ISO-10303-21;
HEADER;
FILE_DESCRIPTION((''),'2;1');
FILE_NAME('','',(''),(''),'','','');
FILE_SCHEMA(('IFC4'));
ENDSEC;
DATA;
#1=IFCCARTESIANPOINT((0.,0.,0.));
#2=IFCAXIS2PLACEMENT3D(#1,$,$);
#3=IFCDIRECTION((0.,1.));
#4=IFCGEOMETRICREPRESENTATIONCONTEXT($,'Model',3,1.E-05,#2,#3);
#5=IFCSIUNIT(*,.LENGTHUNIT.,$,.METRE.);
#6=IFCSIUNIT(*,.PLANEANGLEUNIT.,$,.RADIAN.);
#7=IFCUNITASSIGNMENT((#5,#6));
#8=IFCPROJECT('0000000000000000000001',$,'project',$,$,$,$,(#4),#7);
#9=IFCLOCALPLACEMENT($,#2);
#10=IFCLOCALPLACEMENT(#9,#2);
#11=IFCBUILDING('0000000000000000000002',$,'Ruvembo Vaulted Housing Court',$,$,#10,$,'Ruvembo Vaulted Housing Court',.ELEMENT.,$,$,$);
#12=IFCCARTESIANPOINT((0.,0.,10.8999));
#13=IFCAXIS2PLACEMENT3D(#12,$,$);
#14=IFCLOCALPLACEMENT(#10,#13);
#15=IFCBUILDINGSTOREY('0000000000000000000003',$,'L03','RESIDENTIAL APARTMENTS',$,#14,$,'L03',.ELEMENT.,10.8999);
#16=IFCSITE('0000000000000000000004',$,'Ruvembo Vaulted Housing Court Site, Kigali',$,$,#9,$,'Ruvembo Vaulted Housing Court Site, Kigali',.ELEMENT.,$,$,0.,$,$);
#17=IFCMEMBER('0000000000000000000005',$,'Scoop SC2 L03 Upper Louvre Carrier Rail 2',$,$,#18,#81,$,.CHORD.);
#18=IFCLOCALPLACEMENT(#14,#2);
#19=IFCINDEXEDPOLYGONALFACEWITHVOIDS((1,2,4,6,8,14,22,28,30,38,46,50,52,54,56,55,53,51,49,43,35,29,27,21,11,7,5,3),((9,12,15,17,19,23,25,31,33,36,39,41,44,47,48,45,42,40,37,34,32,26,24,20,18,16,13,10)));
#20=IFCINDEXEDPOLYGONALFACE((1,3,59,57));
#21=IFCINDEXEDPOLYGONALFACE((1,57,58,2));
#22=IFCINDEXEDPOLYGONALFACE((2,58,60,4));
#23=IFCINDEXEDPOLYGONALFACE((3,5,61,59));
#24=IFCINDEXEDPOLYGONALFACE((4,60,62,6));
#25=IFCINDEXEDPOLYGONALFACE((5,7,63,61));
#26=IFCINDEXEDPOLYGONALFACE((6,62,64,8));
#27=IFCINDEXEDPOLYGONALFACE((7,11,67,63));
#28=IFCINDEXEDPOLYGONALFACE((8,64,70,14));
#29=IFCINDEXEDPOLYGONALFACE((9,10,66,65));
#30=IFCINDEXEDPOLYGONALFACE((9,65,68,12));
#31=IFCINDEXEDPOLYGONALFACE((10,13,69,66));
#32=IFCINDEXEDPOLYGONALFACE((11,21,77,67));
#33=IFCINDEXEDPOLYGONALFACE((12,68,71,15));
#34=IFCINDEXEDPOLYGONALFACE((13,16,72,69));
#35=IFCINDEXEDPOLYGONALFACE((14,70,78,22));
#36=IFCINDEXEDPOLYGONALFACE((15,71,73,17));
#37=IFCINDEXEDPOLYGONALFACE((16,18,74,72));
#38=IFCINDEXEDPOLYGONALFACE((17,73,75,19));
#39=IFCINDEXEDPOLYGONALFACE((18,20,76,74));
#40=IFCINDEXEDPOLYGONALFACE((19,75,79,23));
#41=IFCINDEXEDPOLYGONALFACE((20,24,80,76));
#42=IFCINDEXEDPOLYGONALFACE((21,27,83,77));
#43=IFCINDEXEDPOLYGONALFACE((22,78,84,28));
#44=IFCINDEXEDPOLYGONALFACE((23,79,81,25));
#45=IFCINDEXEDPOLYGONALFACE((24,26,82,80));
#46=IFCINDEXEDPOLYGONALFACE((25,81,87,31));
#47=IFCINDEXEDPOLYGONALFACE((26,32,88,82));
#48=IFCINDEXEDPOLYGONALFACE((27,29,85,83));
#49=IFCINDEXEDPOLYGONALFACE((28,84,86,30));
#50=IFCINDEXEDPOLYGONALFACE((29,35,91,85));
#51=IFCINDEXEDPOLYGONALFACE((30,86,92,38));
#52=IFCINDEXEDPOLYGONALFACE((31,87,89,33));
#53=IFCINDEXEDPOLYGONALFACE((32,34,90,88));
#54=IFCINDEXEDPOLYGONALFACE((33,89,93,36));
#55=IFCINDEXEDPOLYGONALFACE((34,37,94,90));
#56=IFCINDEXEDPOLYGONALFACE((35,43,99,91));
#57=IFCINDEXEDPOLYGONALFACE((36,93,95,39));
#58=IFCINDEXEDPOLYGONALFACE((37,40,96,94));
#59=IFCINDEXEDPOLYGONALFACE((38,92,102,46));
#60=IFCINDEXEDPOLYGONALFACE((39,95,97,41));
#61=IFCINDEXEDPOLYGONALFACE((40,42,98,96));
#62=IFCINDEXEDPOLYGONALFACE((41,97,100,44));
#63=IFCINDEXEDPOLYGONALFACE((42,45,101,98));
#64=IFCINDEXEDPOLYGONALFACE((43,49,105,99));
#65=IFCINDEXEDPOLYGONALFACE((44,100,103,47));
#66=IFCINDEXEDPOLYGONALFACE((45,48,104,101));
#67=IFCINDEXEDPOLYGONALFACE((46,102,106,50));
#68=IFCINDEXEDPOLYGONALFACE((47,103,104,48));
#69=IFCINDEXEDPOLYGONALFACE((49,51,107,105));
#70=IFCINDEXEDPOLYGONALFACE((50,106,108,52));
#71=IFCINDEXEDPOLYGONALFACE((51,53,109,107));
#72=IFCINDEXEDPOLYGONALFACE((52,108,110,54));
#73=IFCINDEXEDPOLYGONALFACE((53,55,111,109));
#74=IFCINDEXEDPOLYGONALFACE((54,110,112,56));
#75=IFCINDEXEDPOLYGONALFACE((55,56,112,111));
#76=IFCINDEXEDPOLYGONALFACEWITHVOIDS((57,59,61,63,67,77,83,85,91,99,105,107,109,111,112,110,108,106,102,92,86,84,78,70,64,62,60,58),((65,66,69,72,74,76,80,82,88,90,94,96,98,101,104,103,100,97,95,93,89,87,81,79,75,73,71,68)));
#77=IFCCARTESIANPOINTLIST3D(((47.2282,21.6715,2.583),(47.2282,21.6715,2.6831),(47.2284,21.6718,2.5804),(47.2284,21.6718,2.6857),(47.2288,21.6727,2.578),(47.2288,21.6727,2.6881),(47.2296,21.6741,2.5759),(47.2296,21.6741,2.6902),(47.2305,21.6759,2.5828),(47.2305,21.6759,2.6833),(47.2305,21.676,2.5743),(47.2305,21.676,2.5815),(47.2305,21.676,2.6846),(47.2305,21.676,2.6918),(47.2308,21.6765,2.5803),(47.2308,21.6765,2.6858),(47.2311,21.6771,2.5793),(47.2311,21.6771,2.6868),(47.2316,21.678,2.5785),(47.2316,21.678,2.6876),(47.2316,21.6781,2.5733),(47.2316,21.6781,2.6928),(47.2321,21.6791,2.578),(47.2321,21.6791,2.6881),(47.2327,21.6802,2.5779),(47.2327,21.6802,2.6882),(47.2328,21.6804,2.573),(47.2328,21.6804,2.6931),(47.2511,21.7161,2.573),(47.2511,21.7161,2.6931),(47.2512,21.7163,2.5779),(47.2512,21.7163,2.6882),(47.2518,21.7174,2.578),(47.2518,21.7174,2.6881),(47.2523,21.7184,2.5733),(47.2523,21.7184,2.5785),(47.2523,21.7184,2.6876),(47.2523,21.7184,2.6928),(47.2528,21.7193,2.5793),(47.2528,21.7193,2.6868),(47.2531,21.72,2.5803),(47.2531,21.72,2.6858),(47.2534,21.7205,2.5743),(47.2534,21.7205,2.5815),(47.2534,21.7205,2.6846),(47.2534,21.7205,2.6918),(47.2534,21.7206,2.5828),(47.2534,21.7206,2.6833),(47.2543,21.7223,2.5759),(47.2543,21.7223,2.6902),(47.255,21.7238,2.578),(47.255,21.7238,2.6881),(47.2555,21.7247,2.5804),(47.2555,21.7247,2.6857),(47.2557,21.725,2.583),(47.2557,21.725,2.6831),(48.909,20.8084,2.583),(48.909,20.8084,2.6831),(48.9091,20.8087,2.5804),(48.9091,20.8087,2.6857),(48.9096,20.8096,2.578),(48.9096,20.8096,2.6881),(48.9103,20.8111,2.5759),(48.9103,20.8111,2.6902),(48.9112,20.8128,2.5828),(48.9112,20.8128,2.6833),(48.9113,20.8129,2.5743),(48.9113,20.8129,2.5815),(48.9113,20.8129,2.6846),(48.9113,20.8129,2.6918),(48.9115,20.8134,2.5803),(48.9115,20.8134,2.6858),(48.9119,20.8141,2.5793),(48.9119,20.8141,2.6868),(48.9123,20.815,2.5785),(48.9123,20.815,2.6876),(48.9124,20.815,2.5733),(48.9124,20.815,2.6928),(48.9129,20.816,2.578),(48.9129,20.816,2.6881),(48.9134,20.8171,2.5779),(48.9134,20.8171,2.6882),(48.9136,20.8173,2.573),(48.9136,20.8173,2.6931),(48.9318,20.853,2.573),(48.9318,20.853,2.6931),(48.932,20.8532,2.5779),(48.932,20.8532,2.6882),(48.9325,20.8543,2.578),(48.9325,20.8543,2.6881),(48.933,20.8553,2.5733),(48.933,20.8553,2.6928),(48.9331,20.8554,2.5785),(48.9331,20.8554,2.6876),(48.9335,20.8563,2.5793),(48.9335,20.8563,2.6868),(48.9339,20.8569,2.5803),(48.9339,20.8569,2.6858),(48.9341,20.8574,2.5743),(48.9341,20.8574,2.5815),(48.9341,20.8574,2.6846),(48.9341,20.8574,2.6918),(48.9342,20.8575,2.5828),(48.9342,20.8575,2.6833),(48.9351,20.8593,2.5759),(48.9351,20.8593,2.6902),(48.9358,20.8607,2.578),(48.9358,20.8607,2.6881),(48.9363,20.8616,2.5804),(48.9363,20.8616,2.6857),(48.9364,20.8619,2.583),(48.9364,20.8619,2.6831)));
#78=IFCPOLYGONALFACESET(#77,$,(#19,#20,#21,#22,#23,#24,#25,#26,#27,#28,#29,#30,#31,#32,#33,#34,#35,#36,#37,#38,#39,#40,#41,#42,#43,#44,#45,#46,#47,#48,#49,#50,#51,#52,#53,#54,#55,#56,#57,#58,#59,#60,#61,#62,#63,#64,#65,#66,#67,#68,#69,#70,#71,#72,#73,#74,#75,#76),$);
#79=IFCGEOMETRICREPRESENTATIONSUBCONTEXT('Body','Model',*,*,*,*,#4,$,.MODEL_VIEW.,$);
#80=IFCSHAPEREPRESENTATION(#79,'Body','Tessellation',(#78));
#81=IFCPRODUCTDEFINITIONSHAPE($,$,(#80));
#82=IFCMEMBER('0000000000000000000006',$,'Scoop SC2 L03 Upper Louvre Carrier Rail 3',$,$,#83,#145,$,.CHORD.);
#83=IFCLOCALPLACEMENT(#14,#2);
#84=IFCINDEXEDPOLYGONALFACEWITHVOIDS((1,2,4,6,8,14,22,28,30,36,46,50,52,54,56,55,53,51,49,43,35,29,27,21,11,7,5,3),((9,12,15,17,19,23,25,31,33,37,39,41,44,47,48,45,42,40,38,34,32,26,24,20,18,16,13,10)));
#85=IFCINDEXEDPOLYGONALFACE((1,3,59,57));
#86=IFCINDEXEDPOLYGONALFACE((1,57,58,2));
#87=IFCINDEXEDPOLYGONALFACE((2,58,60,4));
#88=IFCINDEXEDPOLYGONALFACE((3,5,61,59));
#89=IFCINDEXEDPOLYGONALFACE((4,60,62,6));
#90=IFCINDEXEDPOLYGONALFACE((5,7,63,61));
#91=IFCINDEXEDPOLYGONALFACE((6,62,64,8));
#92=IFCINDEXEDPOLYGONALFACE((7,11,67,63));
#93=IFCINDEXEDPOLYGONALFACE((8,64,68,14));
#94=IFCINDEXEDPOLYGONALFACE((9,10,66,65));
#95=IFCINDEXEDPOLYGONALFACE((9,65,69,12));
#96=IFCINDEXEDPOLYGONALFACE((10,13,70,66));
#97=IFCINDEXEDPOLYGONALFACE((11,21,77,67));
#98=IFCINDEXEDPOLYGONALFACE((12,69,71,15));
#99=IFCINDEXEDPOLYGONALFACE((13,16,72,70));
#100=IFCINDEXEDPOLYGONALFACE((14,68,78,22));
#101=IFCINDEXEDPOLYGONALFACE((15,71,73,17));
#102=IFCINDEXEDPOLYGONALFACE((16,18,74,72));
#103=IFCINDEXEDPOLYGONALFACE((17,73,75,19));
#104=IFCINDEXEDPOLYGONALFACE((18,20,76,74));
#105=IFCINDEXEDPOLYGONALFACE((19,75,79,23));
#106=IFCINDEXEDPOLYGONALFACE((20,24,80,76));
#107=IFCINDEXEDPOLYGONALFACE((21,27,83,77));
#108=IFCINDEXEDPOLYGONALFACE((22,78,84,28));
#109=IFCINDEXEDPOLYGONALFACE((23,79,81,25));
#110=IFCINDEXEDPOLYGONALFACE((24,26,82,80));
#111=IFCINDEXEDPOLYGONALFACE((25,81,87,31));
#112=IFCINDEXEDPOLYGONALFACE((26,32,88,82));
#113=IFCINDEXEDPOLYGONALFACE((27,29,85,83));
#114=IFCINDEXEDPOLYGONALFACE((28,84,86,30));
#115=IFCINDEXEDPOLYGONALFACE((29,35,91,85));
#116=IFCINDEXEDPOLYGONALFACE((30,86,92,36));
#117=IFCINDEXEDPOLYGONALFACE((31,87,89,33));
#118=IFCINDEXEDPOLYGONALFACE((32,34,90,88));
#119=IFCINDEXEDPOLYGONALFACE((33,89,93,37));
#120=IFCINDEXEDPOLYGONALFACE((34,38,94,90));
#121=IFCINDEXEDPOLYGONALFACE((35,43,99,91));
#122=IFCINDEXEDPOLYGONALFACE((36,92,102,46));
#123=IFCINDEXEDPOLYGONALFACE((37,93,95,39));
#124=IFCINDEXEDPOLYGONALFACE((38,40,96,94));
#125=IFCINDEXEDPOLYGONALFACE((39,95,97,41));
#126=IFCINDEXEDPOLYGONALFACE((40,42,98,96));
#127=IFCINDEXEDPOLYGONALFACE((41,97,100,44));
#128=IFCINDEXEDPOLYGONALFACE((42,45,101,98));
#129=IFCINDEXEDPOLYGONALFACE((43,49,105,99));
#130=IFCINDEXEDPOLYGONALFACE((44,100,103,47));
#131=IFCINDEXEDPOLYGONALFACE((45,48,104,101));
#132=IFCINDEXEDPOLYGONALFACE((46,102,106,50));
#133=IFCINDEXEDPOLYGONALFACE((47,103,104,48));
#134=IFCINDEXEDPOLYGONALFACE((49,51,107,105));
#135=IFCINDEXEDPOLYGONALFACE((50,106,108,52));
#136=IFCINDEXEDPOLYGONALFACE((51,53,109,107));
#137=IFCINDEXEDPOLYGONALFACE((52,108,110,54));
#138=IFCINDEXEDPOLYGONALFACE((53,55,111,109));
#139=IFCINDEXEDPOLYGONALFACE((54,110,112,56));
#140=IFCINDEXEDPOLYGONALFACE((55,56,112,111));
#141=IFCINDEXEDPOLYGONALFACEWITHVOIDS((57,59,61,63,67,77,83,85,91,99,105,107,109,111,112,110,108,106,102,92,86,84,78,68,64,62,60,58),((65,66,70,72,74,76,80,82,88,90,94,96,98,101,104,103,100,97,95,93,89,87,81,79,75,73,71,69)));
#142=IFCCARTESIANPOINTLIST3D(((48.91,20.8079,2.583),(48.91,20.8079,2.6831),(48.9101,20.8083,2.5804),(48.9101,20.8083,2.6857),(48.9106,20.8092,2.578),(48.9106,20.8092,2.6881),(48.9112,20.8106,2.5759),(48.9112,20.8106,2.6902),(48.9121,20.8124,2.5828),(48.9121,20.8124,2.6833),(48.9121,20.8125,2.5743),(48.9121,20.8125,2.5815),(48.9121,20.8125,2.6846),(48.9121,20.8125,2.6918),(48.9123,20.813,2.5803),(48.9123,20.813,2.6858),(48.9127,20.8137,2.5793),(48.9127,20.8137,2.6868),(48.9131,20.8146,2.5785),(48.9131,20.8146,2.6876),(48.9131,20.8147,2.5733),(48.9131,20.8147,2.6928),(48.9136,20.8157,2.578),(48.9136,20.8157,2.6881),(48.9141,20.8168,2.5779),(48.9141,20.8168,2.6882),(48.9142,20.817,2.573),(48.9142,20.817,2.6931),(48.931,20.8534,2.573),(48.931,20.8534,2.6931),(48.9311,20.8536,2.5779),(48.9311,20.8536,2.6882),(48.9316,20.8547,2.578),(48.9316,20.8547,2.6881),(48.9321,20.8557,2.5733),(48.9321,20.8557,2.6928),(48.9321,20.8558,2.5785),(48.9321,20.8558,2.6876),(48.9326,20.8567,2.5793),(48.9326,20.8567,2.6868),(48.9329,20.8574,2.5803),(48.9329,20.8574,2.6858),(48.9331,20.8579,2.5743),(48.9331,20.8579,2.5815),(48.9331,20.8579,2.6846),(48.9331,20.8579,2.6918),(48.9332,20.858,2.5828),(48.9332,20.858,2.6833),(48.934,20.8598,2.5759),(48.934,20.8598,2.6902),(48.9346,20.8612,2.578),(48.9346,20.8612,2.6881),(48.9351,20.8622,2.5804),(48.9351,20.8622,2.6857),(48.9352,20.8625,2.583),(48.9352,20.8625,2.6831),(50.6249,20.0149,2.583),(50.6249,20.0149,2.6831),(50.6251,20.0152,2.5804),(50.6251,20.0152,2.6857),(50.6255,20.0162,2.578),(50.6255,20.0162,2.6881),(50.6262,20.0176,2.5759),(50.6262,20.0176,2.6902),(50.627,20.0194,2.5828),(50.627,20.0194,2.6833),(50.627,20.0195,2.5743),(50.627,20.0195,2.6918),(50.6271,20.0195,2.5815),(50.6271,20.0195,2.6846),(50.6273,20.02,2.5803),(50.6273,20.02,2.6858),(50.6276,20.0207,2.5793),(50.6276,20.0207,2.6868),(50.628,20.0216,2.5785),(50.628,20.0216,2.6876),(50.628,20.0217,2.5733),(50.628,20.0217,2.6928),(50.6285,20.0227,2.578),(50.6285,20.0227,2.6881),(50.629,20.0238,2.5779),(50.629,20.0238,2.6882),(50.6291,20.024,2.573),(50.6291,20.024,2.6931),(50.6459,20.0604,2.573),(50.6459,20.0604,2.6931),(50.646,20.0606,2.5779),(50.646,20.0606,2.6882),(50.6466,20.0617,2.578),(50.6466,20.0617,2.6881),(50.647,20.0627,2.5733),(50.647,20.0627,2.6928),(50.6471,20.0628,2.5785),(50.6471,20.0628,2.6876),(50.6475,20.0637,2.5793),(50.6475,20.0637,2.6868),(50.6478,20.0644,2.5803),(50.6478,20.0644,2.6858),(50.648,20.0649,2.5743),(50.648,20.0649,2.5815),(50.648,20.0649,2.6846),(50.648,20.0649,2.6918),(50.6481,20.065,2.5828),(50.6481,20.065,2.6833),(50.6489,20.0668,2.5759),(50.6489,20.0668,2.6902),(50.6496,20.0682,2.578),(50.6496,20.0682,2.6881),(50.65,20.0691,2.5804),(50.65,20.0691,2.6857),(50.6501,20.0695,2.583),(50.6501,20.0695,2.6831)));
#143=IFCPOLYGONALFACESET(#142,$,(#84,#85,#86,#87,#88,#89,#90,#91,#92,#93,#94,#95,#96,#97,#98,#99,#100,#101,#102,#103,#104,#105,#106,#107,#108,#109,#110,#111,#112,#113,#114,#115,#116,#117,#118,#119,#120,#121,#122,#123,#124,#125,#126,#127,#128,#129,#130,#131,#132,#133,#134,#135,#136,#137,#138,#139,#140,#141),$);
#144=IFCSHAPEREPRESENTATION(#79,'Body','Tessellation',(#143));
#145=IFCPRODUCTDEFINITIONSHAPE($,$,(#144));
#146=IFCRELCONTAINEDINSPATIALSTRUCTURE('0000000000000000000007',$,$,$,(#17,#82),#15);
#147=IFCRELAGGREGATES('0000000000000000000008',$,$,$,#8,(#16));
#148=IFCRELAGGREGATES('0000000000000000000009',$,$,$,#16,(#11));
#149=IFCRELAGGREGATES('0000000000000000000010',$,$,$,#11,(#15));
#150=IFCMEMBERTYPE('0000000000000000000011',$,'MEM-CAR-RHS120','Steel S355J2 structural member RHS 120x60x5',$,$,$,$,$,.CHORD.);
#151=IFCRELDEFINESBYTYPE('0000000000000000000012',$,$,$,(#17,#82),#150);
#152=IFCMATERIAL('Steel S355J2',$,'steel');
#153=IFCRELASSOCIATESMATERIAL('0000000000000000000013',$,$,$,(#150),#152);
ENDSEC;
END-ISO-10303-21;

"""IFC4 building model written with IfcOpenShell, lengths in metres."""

from ifc_helpers import new_model, si_unit, direction, frame, origin, origin_2d, place, context, subcontext, project, spatial, hollow_rectangle, extrude, material, material_profile, profile_set, type_object, element, save


model = new_model("IFC4")

# Units and contexts
model_context = context("Model", 3, precision=1e-05, world=origin(), true_north=direction((0.0, 1.0)))
body_context = subcontext(model_context, "Body", "Model", "MODEL_VIEW")
ifc_project = project(units=[si_unit("LENGTHUNIT", "METRE"), si_unit("PLANEANGLEUNIT", "RADIAN")], contexts=[model_context])

# Site, building, storey
site_placement = place(None, origin())
site = spatial("IfcSite", under=ifc_project, at=site_placement, Name="Ruvembo Vaulted Housing Court Site, Kigali", LongName="Ruvembo Vaulted Housing Court Site, Kigali", CompositionType="ELEMENT", RefElevation=0.0)
building_placement = place(site_placement, origin())
building = spatial("IfcBuilding", under=site, at=building_placement, Name="Ruvembo Vaulted Housing Court", LongName="Ruvembo Vaulted Housing Court", CompositionType="ELEMENT")
storey_placement = place(building_placement, frame((0.0, 0.0, 10.8999)))
storey = spatial("IfcBuildingStorey", under=building, at=storey_placement, Name="L03", Description="RESIDENTIAL APARTMENTS", LongName="L03", CompositionType="ELEMENT", Elevation=10.8999)

# Shared definitions
ifc_material_1 = material(Name="Steel S355J2", Category="steel")

# Members
ifc_material_profile_1 = material_profile(ifc_material_1, hollow_rectangle(XDim=0.0601, YDim=0.1201, WallThickness=0.0049, InnerFilletRadius=0.0049, OuterFilletRadius=0.01, at=origin_2d()), Name="RHS 120x60x5")
ifc_profile_set_1 = profile_set([ifc_material_profile_1], Name="Steel S355J2")
member_type_1 = type_object("IfcMemberType", Name="MEM-CAR-RHS120", Description="Steel S355J2 structural member RHS 120x60x5", PredefinedType="CHORD", material=ifc_profile_set_1)
for number, where, z_axis, x_axis, name in (
    (1, (47.2419, 21.6982, 2.6331), (0.889568, -0.456802, 0.0), (0.456802, 0.889568, 0.0), "Scoop SC2 L03 Upper Louvre Carrier Rail 2"),
    (2, (48.9226, 20.8352, 2.6331), (0.907657, -0.419714, 0.0), (0.419714, 0.907657, 0.0), "Scoop SC2 L03 Upper Louvre Carrier Rail 3"),
):
    element("IfcMember", number, at=place(storey_placement, frame(where, z_axis=z_axis, x_axis=x_axis)), inside=storey, type_object=member_type_1, Name=name, PredefinedType="CHORD", context=body_context, shape_type="SweptSolid", body=[
        extrude(hollow_rectangle(XDim=0.0601, YDim=0.1201, WallThickness=0.0049, InnerFilletRadius=0.0049, OuterFilletRadius=0.01, at=origin_2d()), origin(), (0.0, 0.0, 1.0), 1.8894),
    ])

save(model, "model.ifc")
